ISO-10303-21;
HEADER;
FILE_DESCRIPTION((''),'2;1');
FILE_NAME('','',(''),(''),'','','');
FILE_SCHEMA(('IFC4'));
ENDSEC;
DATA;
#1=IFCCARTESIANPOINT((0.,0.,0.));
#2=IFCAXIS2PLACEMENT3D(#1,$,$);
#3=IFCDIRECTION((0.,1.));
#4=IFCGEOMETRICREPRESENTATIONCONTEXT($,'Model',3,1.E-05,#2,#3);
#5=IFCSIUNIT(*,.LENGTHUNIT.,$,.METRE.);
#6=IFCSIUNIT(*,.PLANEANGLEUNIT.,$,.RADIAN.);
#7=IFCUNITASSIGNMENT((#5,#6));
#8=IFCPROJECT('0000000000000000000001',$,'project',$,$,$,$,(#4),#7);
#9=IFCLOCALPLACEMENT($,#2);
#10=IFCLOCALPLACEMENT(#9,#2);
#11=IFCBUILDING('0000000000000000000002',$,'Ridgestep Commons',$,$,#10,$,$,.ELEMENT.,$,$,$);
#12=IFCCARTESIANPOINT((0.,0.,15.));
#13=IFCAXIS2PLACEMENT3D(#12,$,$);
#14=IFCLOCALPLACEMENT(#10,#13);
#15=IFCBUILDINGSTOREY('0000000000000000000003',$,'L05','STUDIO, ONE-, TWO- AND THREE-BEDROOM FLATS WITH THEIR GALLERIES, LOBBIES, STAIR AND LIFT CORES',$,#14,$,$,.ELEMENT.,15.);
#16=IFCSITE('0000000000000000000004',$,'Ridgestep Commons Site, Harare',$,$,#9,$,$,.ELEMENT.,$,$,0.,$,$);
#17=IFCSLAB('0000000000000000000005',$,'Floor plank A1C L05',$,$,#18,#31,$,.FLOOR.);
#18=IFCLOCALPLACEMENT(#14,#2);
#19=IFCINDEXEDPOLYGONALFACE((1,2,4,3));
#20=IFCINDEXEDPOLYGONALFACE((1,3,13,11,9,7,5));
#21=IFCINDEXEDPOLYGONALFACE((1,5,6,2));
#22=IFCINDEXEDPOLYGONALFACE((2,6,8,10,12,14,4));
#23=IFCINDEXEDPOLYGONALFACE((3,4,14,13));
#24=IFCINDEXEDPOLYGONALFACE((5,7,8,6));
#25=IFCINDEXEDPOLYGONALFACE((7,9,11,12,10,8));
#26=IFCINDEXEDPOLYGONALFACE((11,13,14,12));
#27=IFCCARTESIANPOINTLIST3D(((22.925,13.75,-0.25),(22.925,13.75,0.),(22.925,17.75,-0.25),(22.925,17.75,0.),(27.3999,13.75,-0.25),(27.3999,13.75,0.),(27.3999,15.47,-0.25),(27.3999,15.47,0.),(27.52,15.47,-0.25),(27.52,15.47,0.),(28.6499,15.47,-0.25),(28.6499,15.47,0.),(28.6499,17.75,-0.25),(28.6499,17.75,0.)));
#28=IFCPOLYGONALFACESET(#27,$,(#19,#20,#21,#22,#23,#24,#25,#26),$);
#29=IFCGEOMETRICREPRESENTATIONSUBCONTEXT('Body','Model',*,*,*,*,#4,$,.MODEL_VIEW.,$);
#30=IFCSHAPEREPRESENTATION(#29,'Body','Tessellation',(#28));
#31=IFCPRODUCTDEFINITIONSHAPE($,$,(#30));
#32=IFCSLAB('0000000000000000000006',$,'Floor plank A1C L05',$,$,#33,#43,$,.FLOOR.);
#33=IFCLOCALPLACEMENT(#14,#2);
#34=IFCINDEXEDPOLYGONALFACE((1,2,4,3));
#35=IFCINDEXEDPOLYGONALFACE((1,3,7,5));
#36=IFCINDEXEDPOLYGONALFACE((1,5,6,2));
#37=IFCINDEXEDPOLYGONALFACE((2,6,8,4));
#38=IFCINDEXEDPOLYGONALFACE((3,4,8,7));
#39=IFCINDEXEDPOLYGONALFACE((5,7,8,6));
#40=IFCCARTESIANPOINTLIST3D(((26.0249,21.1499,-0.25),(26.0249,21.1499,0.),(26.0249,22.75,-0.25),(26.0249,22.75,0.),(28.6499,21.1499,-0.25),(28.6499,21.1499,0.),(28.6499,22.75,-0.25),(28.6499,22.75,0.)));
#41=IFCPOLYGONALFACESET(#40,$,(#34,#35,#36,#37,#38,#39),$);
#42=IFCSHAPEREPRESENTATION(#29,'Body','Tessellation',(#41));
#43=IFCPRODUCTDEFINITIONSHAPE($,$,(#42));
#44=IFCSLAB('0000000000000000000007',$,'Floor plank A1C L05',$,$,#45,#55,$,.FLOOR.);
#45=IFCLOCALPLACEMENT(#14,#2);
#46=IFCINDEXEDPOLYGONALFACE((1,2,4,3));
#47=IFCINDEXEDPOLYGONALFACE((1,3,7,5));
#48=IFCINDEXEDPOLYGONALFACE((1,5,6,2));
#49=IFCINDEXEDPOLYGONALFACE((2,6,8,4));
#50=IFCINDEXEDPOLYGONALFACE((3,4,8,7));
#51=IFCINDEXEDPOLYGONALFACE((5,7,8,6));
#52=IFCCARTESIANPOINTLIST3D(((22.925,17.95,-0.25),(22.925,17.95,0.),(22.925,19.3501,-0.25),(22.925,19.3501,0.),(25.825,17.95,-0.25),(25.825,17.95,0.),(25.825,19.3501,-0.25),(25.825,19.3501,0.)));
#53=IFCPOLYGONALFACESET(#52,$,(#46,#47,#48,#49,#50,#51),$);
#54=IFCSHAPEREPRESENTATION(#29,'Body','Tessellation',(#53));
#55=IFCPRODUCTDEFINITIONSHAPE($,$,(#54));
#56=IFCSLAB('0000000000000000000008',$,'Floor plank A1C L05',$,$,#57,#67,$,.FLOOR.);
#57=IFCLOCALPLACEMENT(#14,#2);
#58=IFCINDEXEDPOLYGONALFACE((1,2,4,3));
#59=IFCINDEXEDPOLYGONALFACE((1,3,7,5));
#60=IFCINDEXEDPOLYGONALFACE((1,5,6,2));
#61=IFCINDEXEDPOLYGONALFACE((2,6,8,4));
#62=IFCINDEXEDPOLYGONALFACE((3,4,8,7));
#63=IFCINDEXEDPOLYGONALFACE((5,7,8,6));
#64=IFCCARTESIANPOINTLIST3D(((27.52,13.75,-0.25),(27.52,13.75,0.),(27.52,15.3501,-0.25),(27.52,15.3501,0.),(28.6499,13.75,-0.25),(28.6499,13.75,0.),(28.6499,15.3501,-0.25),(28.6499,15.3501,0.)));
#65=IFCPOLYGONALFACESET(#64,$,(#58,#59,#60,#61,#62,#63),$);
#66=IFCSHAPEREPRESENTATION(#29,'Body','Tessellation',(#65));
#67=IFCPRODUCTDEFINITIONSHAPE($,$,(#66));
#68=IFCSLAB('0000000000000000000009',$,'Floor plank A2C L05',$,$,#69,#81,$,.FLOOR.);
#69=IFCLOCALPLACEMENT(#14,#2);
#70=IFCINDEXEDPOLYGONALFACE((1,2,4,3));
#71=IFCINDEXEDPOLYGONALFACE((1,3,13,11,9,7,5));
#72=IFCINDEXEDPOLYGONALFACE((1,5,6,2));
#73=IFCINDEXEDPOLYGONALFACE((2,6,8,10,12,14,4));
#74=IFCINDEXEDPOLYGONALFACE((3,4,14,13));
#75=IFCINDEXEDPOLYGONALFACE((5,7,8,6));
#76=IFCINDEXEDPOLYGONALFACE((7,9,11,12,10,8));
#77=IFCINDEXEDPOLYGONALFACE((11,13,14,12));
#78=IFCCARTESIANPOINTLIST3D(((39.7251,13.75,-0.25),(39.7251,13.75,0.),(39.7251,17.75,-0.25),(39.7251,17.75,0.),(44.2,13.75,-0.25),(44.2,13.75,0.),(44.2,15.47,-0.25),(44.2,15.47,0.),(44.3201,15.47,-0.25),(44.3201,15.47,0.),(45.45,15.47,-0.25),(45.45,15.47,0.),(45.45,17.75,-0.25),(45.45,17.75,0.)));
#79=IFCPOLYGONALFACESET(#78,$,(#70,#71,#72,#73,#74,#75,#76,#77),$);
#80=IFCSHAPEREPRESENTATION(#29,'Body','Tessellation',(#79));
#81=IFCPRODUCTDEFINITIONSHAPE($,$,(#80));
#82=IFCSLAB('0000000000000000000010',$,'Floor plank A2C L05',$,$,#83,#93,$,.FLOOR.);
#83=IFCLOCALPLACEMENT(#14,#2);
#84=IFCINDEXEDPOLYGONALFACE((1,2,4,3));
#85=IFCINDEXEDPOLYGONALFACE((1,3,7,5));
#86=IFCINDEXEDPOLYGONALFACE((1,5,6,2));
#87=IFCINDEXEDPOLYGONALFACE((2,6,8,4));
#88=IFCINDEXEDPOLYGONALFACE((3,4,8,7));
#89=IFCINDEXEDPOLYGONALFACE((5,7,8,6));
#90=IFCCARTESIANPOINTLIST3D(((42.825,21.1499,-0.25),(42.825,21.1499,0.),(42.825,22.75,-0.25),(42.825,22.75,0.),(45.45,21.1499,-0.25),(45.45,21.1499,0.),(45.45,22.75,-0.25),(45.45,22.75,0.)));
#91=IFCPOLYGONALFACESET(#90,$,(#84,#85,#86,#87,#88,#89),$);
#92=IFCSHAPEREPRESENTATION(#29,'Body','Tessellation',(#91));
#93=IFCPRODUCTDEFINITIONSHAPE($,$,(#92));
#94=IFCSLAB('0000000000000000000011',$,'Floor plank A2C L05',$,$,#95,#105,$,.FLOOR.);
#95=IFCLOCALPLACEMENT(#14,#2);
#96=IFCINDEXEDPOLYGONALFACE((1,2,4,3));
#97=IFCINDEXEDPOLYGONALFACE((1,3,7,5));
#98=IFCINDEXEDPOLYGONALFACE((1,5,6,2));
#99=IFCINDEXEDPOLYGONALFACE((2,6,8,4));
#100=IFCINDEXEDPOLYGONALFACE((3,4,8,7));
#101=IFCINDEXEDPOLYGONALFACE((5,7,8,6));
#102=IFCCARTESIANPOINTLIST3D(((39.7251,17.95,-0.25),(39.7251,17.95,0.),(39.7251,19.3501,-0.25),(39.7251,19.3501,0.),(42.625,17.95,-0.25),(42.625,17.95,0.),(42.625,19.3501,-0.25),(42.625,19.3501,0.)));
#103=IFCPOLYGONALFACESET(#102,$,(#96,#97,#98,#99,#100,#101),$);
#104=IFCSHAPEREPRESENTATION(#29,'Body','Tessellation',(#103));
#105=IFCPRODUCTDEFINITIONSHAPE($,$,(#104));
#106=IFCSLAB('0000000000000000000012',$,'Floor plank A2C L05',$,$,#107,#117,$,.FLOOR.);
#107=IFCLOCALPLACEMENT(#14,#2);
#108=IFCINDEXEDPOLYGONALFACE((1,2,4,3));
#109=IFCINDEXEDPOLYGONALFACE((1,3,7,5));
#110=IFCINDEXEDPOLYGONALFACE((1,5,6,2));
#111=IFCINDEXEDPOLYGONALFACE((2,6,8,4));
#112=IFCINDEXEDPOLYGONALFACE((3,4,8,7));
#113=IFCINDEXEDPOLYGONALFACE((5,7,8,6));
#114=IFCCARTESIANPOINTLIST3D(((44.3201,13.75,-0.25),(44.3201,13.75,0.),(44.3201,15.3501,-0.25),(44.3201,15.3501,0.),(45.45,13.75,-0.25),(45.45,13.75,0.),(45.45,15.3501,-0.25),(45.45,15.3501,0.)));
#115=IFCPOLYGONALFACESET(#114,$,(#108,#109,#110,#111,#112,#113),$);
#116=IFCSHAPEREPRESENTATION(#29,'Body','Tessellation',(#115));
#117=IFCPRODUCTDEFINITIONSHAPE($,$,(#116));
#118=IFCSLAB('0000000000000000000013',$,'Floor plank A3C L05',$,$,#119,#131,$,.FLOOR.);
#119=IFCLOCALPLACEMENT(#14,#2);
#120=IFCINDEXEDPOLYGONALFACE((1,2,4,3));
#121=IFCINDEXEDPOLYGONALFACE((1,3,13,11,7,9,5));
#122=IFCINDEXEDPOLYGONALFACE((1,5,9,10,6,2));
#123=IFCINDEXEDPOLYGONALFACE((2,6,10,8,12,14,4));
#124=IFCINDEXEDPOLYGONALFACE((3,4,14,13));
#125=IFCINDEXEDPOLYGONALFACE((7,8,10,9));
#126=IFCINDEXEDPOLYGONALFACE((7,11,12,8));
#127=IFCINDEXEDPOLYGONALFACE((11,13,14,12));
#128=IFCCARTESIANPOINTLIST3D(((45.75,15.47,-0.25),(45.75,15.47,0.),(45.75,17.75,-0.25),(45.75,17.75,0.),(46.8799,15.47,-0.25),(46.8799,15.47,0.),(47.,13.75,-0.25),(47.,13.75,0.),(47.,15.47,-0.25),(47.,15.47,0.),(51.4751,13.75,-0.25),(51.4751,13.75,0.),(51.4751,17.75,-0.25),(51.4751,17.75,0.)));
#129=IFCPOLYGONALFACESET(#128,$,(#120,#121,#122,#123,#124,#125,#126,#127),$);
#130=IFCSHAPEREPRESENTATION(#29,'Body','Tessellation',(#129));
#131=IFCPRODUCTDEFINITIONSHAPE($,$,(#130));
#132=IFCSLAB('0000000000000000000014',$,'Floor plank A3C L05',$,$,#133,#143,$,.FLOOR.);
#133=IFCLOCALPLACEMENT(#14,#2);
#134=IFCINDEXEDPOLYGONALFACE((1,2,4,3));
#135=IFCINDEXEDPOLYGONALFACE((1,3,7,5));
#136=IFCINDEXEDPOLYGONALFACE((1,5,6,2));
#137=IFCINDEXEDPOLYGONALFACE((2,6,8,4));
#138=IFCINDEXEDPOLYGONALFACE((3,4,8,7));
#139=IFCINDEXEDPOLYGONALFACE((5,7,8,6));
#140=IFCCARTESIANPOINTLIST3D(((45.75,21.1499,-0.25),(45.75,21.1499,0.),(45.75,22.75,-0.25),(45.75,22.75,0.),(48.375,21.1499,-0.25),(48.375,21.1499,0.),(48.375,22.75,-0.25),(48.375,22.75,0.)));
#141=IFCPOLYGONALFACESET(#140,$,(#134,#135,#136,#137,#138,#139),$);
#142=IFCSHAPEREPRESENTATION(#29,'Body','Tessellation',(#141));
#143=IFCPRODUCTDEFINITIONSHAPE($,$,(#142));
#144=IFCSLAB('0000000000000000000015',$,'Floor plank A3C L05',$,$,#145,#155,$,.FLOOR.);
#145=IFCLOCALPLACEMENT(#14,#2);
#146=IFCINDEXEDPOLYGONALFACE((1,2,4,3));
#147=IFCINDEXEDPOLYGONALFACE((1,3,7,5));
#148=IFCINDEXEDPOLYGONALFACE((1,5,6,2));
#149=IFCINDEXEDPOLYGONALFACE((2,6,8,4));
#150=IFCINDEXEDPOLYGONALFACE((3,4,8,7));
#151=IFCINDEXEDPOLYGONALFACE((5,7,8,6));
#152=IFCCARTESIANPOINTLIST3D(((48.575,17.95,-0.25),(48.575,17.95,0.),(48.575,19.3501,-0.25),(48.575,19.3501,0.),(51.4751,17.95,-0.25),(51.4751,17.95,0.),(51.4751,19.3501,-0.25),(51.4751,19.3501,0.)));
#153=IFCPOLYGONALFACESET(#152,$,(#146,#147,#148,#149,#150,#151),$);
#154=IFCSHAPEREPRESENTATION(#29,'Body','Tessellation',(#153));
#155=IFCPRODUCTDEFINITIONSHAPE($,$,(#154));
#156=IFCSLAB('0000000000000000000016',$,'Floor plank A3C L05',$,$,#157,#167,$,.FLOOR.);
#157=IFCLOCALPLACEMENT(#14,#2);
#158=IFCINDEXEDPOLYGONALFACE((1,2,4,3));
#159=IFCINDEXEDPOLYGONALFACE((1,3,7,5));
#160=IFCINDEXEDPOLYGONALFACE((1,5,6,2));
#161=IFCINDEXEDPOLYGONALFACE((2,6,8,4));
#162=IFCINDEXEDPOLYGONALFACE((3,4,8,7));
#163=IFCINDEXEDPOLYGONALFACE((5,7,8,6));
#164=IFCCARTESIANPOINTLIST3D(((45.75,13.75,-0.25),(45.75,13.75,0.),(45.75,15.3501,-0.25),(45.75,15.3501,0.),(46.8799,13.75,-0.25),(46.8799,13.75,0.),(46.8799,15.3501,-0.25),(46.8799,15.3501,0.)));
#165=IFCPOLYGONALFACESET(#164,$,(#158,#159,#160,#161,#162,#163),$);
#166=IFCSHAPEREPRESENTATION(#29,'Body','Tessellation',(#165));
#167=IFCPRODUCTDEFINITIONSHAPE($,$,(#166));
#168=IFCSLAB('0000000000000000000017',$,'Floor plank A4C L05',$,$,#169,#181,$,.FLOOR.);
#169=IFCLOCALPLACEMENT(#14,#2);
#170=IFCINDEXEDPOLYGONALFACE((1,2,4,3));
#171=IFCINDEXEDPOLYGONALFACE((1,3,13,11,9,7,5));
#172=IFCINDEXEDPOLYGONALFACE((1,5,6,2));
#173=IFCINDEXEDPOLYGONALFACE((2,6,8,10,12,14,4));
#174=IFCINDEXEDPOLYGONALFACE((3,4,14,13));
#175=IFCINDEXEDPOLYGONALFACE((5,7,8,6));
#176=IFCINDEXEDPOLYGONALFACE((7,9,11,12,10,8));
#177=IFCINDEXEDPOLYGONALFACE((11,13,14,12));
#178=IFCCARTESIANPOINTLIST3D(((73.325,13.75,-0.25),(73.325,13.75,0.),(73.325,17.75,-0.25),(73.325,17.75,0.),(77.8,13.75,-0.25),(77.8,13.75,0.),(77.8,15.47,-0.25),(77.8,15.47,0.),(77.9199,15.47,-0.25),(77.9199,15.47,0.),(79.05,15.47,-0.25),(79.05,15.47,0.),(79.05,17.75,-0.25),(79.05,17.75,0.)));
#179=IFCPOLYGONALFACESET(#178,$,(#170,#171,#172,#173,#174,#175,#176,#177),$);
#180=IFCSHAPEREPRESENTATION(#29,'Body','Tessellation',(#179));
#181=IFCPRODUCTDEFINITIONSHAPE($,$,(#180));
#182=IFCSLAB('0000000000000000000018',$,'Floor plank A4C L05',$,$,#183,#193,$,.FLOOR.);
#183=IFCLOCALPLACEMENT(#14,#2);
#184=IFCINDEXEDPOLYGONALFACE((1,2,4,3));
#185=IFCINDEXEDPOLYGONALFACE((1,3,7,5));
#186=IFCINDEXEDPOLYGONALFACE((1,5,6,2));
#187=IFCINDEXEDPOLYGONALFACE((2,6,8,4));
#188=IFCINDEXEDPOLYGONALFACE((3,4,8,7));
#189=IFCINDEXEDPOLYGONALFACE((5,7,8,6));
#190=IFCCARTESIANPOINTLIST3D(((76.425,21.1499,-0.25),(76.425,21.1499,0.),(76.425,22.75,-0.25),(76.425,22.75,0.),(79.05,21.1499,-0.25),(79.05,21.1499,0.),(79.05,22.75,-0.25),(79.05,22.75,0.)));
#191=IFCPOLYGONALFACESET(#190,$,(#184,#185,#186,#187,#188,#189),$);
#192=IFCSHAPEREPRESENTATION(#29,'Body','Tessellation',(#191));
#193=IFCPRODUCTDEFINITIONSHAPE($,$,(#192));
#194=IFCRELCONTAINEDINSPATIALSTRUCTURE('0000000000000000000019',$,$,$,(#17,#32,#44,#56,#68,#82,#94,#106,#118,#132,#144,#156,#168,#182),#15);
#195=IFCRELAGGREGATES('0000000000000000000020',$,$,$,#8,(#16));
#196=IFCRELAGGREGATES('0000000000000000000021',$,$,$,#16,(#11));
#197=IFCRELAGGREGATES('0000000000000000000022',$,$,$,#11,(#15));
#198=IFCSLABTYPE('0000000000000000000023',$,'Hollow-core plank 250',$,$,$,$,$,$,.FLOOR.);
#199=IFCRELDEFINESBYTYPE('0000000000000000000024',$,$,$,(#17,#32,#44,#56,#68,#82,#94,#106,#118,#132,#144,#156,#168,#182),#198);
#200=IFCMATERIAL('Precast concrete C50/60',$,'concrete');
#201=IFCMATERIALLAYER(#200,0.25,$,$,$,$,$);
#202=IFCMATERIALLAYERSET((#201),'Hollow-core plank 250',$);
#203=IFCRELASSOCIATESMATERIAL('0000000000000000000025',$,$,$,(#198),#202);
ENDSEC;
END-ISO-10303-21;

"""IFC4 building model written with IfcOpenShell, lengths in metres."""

from ifc_helpers import new_model, si_unit, direction, frame, origin, place, context, subcontext, project, spatial, polyline, outline, extrude, material, layer, layer_set, type_object, element, save


model = new_model("IFC4")

# Units and contexts
model_context = context("Model", 3, precision=1e-05, world=origin(), true_north=direction((0.0, 1.0)))
body_context = subcontext(model_context, "Body", "Model", "MODEL_VIEW")
ifc_project = project(units=[si_unit("LENGTHUNIT", "METRE"), si_unit("PLANEANGLEUNIT", "RADIAN")], contexts=[model_context])

# Site, building, storey
site_placement = place(None, origin())
site = spatial("IfcSite", under=ifc_project, at=site_placement, Name="Ridgestep Commons Site, Harare", CompositionType="ELEMENT", RefElevation=0.0)
building_placement = place(site_placement, origin())
building = spatial("IfcBuilding", under=site, at=building_placement, Name="Ridgestep Commons", CompositionType="ELEMENT")
storey_placement = place(building_placement, frame((0.0, 0.0, 15.0)))
storey = spatial("IfcBuildingStorey", under=building, at=storey_placement, Name="L05", Description="STUDIO, ONE-, TWO- AND THREE-BEDROOM FLATS WITH THEIR GALLERIES, LOBBIES, STAIR AND LIFT CORES", CompositionType="ELEMENT", Elevation=15.0)

# Slabs
ifc_material = material(Name="Precast concrete C50/60", Category="concrete")
ifc_layer = layer(ifc_material, 0.25)
ifc_layer_set = layer_set([ifc_layer], Name="Hollow-core plank 250")
slab_type = type_object("IfcSlabType", Name="Hollow-core plank 250", PredefinedType="FLOOR", material=ifc_layer_set)
slab_1_placement = place(storey_placement, frame((0.0, 0.0, -0.25)))
element("IfcSlab", 1, at=slab_1_placement, inside=storey, type_object=slab_type, Name="Floor plank A1C L05", PredefinedType="FLOOR", context=body_context, shape_type="SweptSolid", body=[
    extrude(outline(polyline([(27.52, 15.47), (28.6499, 15.47), (28.6499, 17.75), (22.925, 17.75), (22.925, 13.75), (27.3999, 13.75), (27.3999, 15.47), (27.52, 15.47)])), origin(), (0.0, 0.0, 1.0), 0.25),
])
slab_2_placement = place(storey_placement, frame((0.0, 0.0, -0.25)))
element("IfcSlab", 2, at=slab_2_placement, inside=storey, type_object=slab_type, Name="Floor plank A1C L05", PredefinedType="FLOOR", context=body_context, shape_type="SweptSolid", body=[
    extrude(outline(polyline([(28.6499, 21.1499), (28.6499, 22.75), (26.0249, 22.75), (26.0249, 21.1499), (28.6499, 21.1499)])), origin(), (0.0, 0.0, 1.0), 0.25),
])
slab_3_placement = place(storey_placement, frame((0.0, 0.0, -0.25)))
element("IfcSlab", 3, at=slab_3_placement, inside=storey, type_object=slab_type, Name="Floor plank A1C L05", PredefinedType="FLOOR", context=body_context, shape_type="SweptSolid", body=[
    extrude(outline(polyline([(25.825, 17.95), (25.825, 19.3501), (22.925, 19.3501), (22.925, 17.95), (25.825, 17.95)])), origin(), (0.0, 0.0, 1.0), 0.25),
])
slab_4_placement = place(storey_placement, frame((0.0, 0.0, -0.25)))
element("IfcSlab", 4, at=slab_4_placement, inside=storey, type_object=slab_type, Name="Floor plank A1C L05", PredefinedType="FLOOR", context=body_context, shape_type="SweptSolid", body=[
    extrude(outline(polyline([(27.52, 13.75), (28.6499, 13.75), (28.6499, 15.3501), (27.52, 15.3501), (27.52, 13.75)])), origin(), (0.0, 0.0, 1.0), 0.25),
])
slab_5_placement = place(storey_placement, frame((0.0, 0.0, -0.25)))
element("IfcSlab", 5, at=slab_5_placement, inside=storey, type_object=slab_type, Name="Floor plank A2C L05", PredefinedType="FLOOR", context=body_context, shape_type="SweptSolid", body=[
    extrude(outline(polyline([(44.3201, 15.47), (45.45, 15.47), (45.45, 17.75), (39.7251, 17.75), (39.7251, 13.75), (44.2, 13.75), (44.2, 15.47), (44.3201, 15.47)])), origin(), (0.0, 0.0, 1.0), 0.25),
])
slab_6_placement = place(storey_placement, frame((0.0, 0.0, -0.25)))
element("IfcSlab", 6, at=slab_6_placement, inside=storey, type_object=slab_type, Name="Floor plank A2C L05", PredefinedType="FLOOR", context=body_context, shape_type="SweptSolid", body=[
    extrude(outline(polyline([(45.45, 21.1499), (45.45, 22.75), (42.825, 22.75), (42.825, 21.1499), (45.45, 21.1499)])), origin(), (0.0, 0.0, 1.0), 0.25),
])
slab_7_placement = place(storey_placement, frame((0.0, 0.0, -0.25)))
element("IfcSlab", 7, at=slab_7_placement, inside=storey, type_object=slab_type, Name="Floor plank A2C L05", PredefinedType="FLOOR", context=body_context, shape_type="SweptSolid", body=[
    extrude(outline(polyline([(42.625, 17.95), (42.625, 19.3501), (39.7251, 19.3501), (39.7251, 17.95), (42.625, 17.95)])), origin(), (0.0, 0.0, 1.0), 0.25),
])
slab_8_placement = place(storey_placement, frame((0.0, 0.0, -0.25)))
element("IfcSlab", 8, at=slab_8_placement, inside=storey, type_object=slab_type, Name="Floor plank A2C L05", PredefinedType="FLOOR", context=body_context, shape_type="SweptSolid", body=[
    extrude(outline(polyline([(44.3201, 13.75), (45.45, 13.75), (45.45, 15.3501), (44.3201, 15.3501), (44.3201, 13.75)])), origin(), (0.0, 0.0, 1.0), 0.25),
])
slab_9_placement = place(storey_placement, frame((0.0, 0.0, -0.25)))
element("IfcSlab", 9, at=slab_9_placement, inside=storey, type_object=slab_type, Name="Floor plank A3C L05", PredefinedType="FLOOR", context=body_context, shape_type="SweptSolid", body=[
    extrude(outline(polyline([(47.0, 13.75), (51.4751, 13.75), (51.4751, 17.75), (45.75, 17.75), (45.75, 15.47), (46.8799, 15.47), (47.0, 15.47), (47.0, 13.75)])), origin(), (0.0, 0.0, 1.0), 0.25),
])
slab_10_placement = place(storey_placement, frame((0.0, 0.0, -0.25)))
element("IfcSlab", 10, at=slab_10_placement, inside=storey, type_object=slab_type, Name="Floor plank A3C L05", PredefinedType="FLOOR", context=body_context, shape_type="SweptSolid", body=[
    extrude(outline(polyline([(48.375, 22.75), (45.75, 22.75), (45.75, 21.1499), (48.375, 21.1499), (48.375, 22.75)])), origin(), (0.0, 0.0, 1.0), 0.25),
])
slab_11_placement = place(storey_placement, frame((0.0, 0.0, -0.25)))
element("IfcSlab", 11, at=slab_11_placement, inside=storey, type_object=slab_type, Name="Floor plank A3C L05", PredefinedType="FLOOR", context=body_context, shape_type="SweptSolid", body=[
    extrude(outline(polyline([(51.4751, 17.95), (51.4751, 19.3501), (48.575, 19.3501), (48.575, 17.95), (51.4751, 17.95)])), origin(), (0.0, 0.0, 1.0), 0.25),
])
slab_12_placement = place(storey_placement, frame((0.0, 0.0, -0.25)))
element("IfcSlab", 12, at=slab_12_placement, inside=storey, type_object=slab_type, Name="Floor plank A3C L05", PredefinedType="FLOOR", context=body_context, shape_type="SweptSolid", body=[
    extrude(outline(polyline([(46.8799, 15.3501), (45.75, 15.3501), (45.75, 13.75), (46.8799, 13.75), (46.8799, 15.3501)])), origin(), (0.0, 0.0, 1.0), 0.25),
])
slab_13_placement = place(storey_placement, frame((0.0, 0.0, -0.25)))
element("IfcSlab", 13, at=slab_13_placement, inside=storey, type_object=slab_type, Name="Floor plank A4C L05", PredefinedType="FLOOR", context=body_context, shape_type="SweptSolid", body=[
    extrude(outline(polyline([(77.9199, 15.47), (79.05, 15.47), (79.05, 17.75), (73.325, 17.75), (73.325, 13.75), (77.8, 13.75), (77.8, 15.47), (77.9199, 15.47)])), origin(), (0.0, 0.0, 1.0), 0.25),
])
slab_14_placement = place(storey_placement, frame((0.0, 0.0, -0.25)))
element("IfcSlab", 14, at=slab_14_placement, inside=storey, type_object=slab_type, Name="Floor plank A4C L05", PredefinedType="FLOOR", context=body_context, shape_type="SweptSolid", body=[
    extrude(outline(polyline([(79.05, 21.1499), (79.05, 22.75), (76.425, 22.75), (76.425, 21.1499), (79.05, 21.1499)])), origin(), (0.0, 0.0, 1.0), 0.25),
])

save(model, "model.ifc")
